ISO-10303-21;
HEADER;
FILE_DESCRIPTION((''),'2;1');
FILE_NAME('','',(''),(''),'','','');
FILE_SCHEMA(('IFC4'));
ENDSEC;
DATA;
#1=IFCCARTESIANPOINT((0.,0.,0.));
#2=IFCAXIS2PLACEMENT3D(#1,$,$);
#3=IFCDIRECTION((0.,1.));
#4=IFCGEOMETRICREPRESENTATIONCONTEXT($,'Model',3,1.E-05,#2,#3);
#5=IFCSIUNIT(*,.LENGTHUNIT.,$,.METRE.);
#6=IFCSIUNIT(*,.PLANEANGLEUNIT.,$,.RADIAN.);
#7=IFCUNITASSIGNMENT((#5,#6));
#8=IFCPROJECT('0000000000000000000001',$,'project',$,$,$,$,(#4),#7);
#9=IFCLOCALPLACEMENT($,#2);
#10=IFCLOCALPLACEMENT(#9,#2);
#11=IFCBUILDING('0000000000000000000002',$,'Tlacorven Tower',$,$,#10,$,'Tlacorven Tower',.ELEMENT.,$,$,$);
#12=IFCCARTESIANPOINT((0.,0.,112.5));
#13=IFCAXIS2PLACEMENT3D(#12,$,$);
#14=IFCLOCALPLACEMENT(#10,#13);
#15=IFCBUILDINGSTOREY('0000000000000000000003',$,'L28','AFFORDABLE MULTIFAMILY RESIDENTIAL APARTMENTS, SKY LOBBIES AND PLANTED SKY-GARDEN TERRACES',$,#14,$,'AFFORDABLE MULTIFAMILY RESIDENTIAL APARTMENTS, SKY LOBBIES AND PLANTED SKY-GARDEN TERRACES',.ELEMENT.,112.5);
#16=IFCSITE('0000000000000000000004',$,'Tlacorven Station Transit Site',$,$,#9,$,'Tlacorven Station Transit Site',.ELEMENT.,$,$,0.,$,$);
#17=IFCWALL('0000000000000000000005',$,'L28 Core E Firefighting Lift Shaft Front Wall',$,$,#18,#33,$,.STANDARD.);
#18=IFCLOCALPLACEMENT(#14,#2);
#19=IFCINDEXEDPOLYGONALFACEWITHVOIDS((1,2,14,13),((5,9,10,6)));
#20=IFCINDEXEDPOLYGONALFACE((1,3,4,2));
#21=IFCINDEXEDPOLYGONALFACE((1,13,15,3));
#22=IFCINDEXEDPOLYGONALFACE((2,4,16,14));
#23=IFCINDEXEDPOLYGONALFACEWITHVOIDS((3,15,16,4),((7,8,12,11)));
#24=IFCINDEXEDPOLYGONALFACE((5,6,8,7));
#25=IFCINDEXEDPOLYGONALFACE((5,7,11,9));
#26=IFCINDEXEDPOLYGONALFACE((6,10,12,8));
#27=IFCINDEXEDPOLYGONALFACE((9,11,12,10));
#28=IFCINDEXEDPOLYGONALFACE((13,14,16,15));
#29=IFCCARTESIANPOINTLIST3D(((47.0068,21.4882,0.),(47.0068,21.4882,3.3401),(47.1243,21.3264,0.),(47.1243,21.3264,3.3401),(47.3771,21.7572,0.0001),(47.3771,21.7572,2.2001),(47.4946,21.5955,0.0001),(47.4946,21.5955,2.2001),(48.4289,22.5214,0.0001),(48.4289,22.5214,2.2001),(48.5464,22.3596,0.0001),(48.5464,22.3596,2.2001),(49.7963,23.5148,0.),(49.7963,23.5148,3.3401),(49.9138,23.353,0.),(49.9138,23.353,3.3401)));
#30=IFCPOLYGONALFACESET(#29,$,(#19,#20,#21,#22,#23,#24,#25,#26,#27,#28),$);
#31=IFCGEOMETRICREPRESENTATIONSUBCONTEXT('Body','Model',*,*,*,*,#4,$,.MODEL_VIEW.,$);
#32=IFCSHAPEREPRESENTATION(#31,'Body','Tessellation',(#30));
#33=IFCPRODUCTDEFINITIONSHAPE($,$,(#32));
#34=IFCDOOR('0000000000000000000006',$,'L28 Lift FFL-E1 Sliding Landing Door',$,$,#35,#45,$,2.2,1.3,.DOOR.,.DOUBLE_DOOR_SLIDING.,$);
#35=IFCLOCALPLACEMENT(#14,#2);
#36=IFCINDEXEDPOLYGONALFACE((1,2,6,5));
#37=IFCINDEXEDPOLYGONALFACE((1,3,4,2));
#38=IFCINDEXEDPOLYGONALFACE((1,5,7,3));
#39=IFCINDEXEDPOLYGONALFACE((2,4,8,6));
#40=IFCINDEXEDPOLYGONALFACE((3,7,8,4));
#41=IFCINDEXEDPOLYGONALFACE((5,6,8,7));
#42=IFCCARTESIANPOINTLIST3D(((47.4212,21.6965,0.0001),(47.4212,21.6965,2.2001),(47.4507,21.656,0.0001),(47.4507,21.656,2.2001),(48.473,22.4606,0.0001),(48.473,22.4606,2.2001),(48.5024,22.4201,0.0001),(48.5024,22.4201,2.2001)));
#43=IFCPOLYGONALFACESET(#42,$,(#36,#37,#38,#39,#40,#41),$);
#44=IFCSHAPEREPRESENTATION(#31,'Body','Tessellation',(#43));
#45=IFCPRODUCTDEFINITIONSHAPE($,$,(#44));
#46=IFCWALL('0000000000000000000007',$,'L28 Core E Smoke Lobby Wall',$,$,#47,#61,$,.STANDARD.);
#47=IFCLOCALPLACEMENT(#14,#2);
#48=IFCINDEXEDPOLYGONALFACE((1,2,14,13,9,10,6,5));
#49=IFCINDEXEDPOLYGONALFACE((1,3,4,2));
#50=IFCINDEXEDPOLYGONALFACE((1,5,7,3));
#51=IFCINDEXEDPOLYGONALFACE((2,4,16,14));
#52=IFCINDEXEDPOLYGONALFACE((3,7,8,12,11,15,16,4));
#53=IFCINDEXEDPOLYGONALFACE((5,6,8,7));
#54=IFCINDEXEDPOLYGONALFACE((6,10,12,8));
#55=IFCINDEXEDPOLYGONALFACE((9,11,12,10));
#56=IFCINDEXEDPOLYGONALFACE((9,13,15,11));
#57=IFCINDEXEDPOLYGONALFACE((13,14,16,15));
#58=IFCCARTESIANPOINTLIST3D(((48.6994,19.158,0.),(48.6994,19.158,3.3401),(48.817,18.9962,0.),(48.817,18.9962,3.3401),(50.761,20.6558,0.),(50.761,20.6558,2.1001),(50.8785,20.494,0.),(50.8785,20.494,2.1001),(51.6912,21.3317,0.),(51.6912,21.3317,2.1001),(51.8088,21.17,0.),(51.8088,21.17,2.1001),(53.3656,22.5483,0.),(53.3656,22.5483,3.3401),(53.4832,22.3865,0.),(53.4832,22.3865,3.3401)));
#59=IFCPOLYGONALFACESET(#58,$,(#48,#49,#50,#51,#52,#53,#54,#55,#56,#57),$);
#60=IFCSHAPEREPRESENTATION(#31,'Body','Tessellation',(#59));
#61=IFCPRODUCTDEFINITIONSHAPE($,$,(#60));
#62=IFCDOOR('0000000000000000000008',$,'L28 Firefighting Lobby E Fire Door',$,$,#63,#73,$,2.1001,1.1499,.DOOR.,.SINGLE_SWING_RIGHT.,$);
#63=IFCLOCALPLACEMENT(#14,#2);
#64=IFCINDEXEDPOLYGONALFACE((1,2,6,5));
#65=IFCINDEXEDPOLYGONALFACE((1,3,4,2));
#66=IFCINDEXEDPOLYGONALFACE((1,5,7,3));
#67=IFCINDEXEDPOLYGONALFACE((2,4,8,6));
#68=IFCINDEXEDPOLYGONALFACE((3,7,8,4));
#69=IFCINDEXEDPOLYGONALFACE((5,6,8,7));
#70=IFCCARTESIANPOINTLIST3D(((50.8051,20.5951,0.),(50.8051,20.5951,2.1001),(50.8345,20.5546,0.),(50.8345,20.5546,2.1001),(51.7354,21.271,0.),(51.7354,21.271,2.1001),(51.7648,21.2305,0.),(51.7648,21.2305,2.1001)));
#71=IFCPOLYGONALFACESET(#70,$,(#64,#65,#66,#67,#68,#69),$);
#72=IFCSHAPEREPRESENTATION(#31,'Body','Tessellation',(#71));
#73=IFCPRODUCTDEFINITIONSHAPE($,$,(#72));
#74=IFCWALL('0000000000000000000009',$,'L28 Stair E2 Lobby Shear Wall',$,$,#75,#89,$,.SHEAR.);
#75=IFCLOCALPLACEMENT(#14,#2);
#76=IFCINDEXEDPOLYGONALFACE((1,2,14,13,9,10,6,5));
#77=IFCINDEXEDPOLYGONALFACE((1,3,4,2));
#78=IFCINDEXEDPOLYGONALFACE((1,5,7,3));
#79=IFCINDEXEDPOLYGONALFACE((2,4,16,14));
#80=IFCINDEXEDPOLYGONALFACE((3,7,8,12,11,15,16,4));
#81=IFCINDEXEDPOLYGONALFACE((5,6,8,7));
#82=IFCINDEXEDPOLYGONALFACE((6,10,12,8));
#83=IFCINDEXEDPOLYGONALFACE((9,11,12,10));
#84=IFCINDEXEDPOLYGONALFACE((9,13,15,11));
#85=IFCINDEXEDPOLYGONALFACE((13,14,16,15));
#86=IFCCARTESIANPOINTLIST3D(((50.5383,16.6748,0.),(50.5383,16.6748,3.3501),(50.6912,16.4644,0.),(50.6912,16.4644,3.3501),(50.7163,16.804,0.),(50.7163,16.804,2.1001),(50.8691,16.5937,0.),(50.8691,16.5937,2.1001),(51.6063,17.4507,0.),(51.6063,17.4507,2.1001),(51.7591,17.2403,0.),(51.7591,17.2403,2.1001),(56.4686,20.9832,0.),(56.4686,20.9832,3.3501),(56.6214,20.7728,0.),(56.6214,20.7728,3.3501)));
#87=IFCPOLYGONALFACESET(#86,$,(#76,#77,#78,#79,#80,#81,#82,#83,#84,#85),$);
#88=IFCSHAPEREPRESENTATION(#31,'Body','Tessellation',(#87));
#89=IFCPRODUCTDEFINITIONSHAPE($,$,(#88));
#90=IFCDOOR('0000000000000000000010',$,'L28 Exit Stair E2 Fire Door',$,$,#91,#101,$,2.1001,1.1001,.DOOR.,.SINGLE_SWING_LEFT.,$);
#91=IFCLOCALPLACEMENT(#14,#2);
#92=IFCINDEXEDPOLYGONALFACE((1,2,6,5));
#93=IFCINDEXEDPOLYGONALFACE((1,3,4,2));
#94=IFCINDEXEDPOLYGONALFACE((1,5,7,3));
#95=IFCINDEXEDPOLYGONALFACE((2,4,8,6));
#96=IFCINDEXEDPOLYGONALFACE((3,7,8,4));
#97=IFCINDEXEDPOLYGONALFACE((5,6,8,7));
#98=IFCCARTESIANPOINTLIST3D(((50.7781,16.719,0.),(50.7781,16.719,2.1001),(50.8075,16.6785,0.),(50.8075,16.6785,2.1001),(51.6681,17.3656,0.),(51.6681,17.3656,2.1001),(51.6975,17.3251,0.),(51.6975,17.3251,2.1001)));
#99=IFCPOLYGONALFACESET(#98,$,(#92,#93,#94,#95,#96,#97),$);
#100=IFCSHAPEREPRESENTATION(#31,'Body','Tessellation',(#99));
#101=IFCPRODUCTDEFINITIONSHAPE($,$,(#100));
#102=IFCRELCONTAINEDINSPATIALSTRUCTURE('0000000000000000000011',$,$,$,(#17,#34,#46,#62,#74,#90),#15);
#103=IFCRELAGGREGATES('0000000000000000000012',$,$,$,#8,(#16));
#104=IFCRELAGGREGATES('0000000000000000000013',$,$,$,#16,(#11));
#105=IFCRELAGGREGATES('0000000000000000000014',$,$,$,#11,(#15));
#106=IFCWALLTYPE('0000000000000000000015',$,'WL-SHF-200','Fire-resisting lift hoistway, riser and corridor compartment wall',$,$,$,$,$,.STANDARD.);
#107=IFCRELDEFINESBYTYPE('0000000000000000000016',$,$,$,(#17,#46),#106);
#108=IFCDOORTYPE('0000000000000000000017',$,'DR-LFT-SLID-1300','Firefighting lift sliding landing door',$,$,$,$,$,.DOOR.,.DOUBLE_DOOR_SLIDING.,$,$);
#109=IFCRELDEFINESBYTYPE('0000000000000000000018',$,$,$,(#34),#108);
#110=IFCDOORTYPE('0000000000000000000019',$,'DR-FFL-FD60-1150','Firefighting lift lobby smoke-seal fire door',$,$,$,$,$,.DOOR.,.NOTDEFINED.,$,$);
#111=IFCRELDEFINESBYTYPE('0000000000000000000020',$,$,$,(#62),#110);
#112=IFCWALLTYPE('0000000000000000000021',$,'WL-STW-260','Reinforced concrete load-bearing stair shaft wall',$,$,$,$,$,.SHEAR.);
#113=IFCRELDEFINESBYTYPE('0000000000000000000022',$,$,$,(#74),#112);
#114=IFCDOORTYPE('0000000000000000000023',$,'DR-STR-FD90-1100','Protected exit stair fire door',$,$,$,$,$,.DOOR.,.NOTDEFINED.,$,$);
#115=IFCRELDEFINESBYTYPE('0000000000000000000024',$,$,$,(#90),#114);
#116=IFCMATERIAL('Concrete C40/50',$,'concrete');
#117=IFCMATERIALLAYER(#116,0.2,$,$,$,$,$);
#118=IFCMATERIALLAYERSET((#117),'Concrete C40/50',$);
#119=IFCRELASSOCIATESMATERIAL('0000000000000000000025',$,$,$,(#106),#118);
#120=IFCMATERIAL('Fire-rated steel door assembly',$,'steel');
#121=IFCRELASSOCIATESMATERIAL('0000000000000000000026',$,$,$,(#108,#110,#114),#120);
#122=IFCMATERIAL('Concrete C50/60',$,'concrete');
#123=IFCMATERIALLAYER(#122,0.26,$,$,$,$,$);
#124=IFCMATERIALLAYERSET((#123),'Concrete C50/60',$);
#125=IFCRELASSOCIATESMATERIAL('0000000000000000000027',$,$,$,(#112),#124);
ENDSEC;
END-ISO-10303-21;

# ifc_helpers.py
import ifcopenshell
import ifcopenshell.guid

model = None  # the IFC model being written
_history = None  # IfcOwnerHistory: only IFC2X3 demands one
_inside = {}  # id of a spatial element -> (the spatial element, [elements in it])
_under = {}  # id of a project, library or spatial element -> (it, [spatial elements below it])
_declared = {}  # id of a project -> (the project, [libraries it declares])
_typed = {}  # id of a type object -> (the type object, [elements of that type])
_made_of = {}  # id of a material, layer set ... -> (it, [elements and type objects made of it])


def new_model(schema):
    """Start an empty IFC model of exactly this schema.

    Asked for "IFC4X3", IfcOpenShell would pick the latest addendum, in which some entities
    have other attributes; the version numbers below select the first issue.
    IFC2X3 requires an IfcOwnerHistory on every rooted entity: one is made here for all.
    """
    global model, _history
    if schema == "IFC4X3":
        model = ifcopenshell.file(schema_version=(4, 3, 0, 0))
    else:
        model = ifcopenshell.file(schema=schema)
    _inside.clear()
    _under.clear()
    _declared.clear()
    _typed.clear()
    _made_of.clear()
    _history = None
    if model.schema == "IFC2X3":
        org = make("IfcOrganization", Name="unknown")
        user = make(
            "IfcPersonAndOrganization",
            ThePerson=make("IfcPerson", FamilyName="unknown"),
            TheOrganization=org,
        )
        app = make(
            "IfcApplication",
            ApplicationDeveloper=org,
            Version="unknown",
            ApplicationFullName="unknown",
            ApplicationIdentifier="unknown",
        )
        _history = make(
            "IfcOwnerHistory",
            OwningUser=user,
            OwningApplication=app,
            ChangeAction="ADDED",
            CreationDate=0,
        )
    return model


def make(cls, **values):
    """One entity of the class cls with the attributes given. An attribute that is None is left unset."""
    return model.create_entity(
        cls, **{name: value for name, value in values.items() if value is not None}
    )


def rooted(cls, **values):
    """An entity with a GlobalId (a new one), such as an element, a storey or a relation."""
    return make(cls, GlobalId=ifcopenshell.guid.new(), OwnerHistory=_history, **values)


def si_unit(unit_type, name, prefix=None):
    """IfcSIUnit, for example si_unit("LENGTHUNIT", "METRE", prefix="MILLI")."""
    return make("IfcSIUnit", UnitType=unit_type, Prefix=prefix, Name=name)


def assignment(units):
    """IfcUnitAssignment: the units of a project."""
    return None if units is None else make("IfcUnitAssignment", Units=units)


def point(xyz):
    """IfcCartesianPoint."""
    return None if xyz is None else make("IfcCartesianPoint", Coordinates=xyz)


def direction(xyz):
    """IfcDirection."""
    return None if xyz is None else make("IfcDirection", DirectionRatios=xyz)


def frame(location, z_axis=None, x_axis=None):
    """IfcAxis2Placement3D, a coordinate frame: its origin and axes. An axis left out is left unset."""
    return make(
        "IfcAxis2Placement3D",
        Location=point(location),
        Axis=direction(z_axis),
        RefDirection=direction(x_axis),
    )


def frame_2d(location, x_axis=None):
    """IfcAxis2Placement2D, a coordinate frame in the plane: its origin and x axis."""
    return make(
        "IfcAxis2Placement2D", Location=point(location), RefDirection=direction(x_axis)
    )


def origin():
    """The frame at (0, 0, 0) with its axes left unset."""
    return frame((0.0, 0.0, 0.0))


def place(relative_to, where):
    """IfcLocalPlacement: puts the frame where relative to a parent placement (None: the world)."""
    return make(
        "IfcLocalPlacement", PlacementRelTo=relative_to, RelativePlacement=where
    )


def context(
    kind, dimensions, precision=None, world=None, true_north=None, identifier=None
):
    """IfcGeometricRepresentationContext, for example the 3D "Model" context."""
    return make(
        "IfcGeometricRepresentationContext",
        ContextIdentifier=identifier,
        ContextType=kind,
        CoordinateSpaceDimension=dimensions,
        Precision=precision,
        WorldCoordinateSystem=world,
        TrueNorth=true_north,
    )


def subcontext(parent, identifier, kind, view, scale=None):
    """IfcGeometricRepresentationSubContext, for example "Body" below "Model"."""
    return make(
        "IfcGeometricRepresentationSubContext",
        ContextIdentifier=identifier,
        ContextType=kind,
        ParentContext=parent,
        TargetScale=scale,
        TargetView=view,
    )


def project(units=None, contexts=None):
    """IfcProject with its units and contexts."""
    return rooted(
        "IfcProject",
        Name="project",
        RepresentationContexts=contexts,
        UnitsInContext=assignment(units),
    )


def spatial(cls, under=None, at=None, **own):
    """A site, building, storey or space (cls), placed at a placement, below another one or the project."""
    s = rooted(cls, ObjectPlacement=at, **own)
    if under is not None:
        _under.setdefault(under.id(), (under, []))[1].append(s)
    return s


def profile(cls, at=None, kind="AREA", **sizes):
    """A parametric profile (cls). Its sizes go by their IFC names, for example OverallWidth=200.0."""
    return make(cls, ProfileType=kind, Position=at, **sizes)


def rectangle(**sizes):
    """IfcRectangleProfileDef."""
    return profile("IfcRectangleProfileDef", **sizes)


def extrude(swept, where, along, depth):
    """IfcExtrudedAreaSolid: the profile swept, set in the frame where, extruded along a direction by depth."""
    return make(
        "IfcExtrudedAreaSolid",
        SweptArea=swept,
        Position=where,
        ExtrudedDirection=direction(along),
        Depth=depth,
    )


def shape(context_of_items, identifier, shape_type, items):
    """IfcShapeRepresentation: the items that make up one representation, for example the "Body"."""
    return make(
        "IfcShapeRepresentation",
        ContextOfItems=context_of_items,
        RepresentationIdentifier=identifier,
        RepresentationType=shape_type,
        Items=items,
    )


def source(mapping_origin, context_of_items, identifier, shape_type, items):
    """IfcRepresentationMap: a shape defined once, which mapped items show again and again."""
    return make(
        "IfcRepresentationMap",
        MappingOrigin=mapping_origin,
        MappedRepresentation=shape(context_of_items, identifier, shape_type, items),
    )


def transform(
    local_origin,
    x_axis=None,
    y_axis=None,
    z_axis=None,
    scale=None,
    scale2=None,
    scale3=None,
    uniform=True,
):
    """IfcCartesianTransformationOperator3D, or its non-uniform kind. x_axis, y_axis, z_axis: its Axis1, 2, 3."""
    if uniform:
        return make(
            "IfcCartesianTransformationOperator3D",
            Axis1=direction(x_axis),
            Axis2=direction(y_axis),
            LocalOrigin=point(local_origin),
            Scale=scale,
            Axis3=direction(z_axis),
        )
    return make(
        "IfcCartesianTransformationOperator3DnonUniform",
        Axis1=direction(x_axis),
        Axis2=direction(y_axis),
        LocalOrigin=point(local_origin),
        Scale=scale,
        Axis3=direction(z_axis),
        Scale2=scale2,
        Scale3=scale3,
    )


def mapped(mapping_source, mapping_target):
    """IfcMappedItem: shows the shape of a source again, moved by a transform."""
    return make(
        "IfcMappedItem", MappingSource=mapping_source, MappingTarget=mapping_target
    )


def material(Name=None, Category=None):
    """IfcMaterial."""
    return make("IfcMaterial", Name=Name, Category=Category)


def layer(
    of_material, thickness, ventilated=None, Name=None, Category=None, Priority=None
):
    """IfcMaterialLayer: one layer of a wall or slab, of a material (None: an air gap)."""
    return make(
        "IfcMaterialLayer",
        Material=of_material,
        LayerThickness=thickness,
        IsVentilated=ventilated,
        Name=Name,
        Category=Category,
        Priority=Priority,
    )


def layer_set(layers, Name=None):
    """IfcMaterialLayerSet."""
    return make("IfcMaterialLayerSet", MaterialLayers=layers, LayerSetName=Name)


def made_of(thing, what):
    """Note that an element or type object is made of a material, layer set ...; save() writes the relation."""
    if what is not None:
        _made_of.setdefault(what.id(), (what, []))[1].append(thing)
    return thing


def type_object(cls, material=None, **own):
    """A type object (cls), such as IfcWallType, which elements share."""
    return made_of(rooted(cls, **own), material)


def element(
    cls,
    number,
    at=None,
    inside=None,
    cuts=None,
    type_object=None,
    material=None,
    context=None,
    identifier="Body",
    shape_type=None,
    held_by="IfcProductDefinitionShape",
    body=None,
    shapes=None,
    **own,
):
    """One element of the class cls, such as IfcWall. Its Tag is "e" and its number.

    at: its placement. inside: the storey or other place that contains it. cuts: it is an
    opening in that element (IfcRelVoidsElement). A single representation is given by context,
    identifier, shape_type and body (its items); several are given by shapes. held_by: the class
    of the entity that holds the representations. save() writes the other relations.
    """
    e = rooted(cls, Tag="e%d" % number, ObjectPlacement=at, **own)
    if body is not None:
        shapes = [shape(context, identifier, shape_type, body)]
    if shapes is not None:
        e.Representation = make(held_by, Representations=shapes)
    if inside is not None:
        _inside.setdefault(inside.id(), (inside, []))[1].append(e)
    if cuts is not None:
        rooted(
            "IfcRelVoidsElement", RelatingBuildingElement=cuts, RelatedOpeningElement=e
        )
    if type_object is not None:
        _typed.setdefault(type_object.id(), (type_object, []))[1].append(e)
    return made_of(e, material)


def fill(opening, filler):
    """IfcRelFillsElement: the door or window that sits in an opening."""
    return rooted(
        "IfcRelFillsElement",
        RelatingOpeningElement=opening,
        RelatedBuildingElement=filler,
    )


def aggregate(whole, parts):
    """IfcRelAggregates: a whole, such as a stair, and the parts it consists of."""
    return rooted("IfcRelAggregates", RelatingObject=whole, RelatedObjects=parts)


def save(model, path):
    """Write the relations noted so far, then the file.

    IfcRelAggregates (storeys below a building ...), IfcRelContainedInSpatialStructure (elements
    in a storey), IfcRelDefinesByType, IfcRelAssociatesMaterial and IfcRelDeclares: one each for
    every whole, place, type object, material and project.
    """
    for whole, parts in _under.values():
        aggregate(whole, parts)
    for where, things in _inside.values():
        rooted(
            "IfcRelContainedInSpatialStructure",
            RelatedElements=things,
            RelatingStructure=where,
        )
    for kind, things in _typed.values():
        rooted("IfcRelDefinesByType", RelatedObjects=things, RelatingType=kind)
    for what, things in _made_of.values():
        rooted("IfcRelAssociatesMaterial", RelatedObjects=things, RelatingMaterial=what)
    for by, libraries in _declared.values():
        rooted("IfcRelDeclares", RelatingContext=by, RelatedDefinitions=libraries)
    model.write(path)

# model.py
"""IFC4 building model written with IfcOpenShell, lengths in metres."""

from ifc_helpers import new_model, si_unit, direction, frame, frame_2d, origin, place, context, subcontext, project, spatial, rectangle, extrude, source, transform, mapped, material, layer, layer_set, type_object, element, fill, save


model = new_model("IFC4")

# Units and contexts
model_context = context("Model", 3, precision=1e-05, world=origin(), true_north=direction((0.0, 1.0)))
body_context = subcontext(model_context, "Body", "Model", "MODEL_VIEW")
ifc_project = project(units=[si_unit("LENGTHUNIT", "METRE"), si_unit("PLANEANGLEUNIT", "RADIAN")], contexts=[model_context])

# Site, building, storey
site_placement = place(None, origin())
site = spatial("IfcSite", under=ifc_project, at=site_placement, Name="Tlacorven Station Transit Site", LongName="Tlacorven Station Transit Site", CompositionType="ELEMENT", RefElevation=0.0)
building_placement = place(site_placement, origin())
building = spatial("IfcBuilding", under=site, at=building_placement, Name="Tlacorven Tower", LongName="Tlacorven Tower", CompositionType="ELEMENT")
storey_placement = place(building_placement, frame((0.0, 0.0, 112.5)))
storey = spatial("IfcBuildingStorey", under=building, at=storey_placement, Name="L28", Description="AFFORDABLE MULTIFAMILY RESIDENTIAL APARTMENTS, SKY LOBBIES AND PLANTED SKY-GARDEN TERRACES", LongName="AFFORDABLE MULTIFAMILY RESIDENTIAL APARTMENTS, SKY LOBBIES AND PLANTED SKY-GARDEN TERRACES", CompositionType="ELEMENT", Elevation=112.5)

# Walls, openings, doors
ifc_material_1 = material(Name="Concrete C40/50", Category="concrete")
ifc_layer_1 = layer(ifc_material_1, 0.2)
ifc_layer_set_1 = layer_set([ifc_layer_1], Name="Concrete C40/50")
wall_type_1 = type_object("IfcWallType", Name="WL-SHF-200", Description="Fire-resisting lift hoistway, riser and corridor compartment wall", PredefinedType="STANDARD", material=ifc_layer_set_1)
wall_1_placement = place(storey_placement, frame((47.0654, 21.4072, 0.0), z_axis=(0.0, 0.0, 1.0), x_axis=(0.809033, 0.587763, 0.0)))
wall_1 = element("IfcWall", 1, at=wall_1_placement, inside=storey, type_object=wall_type_1, Name="L28 Core E Firefighting Lift Shaft Front Wall", PredefinedType="STANDARD", context=body_context, shape_type="SweptSolid", body=[
    extrude(rectangle(XDim=3.448, YDim=0.2, at=frame_2d((1.7241, 0.0))), origin(), (0.0, 0.0, 1.0), 3.3401),
])
opening_1_placement = place(wall_1_placement, frame((0.458, 0.0, 0.0)))
opening_1 = element("IfcOpeningElement", 2, at=opening_1_placement, cuts=wall_1, PredefinedType="OPENING", context=body_context, shape_type="SweptSolid", body=[
    extrude(rectangle(XDim=1.3, YDim=2.2, at=frame_2d((0.6499, 1.1001))), frame((0.0, 0.1099, 0.0), z_axis=(0.0, -1.0, 0.0), x_axis=(1.0, 0.0, 0.0)), (0.0, 0.0, 1.0), 0.22),
])
ifc_material_2 = material(Name="Fire-rated steel door assembly", Category="steel")
door_type_1 = type_object("IfcDoorType", Name="DR-LFT-SLID-1300", Description="Firefighting lift sliding landing door", OperationType="DOUBLE_DOOR_SLIDING", PredefinedType="DOOR", material=ifc_material_2)
shared_shape_1 = source(origin(), body_context, "Body", "SweptSolid", [
    extrude(rectangle(XDim=1.3, YDim=2.2, at=frame_2d((0.6499, 1.1001))), frame((0.0, 0.0249, 0.0), z_axis=(0.0, -1.0, 0.0), x_axis=(1.0, 0.0, 0.0)), (0.0, 0.0, 1.0), 0.05),
])
door_1_placement = place(opening_1_placement, origin())
door_1 = element("IfcDoor", 3, at=door_1_placement, inside=storey, type_object=door_type_1, Name="L28 Lift FFL-E1 Sliding Landing Door", OperationType="DOUBLE_DOOR_SLIDING", OverallHeight=2.2, OverallWidth=1.3, PredefinedType="DOOR", context=body_context, shape_type="MappedRepresentation", body=[
    mapped(shared_shape_1, transform((0.0, 0.0, 0.0), scale=1.0)),
])
fill(opening_1, door_1)
wall_2_placement = place(storey_placement, frame((48.7583, 19.0771, 0.0), z_axis=(0.0, 0.0, 1.0), x_axis=(0.809005, 0.587802, 0.0)))
wall_2 = element("IfcWall", 4, at=wall_2_placement, inside=storey, type_object=wall_type_1, Name="L28 Core E Smoke Lobby Wall", PredefinedType="STANDARD", context=body_context, shape_type="SweptSolid", body=[
    extrude(rectangle(XDim=5.7678, YDim=0.2, at=frame_2d((2.8838, 0.0))), origin(), (0.0, 0.0, 1.0), 3.3401),
])
opening_2_placement = place(wall_2_placement, frame((2.5481, 0.0, 0.0)))
opening_2 = element("IfcOpeningElement", 5, at=opening_2_placement, cuts=wall_2, PredefinedType="OPENING", context=body_context, shape_type="SweptSolid", body=[
    extrude(rectangle(XDim=1.1499, YDim=2.1001, at=frame_2d((0.575, 1.05))), frame((0.0, 0.1099, 0.0), z_axis=(0.0, -1.0, 0.0), x_axis=(1.0, 0.0, 0.0)), (0.0, 0.0, 1.0), 0.22),
])
door_type_2 = type_object("IfcDoorType", Name="DR-FFL-FD60-1150", Description="Firefighting lift lobby smoke-seal fire door", OperationType="NOTDEFINED", PredefinedType="DOOR", material=ifc_material_2)
shared_shape_2 = source(origin(), body_context, "Body", "SweptSolid", [
    extrude(rectangle(XDim=1.1499, YDim=2.1001, at=frame_2d((0.575, 1.05))), frame((0.0, 0.0249, 0.0), z_axis=(0.0, -1.0, 0.0), x_axis=(1.0, 0.0, 0.0)), (0.0, 0.0, 1.0), 0.05),
])
door_2_placement = place(opening_2_placement, origin())
door_2 = element("IfcDoor", 6, at=door_2_placement, inside=storey, type_object=door_type_2, Name="L28 Firefighting Lobby E Fire Door", OperationType="SINGLE_SWING_RIGHT", OverallHeight=2.1001, OverallWidth=1.1499, PredefinedType="DOOR", context=body_context, shape_type="MappedRepresentation", body=[
    mapped(shared_shape_2, transform((0.0, 0.0, 0.0), scale=1.0)),
])
fill(opening_2, door_2)
ifc_material_3 = material(Name="Concrete C50/60", Category="concrete")
ifc_layer_2 = layer(ifc_material_3, 0.26)
ifc_layer_set_2 = layer_set([ifc_layer_2], Name="Concrete C50/60")
wall_type_2 = type_object("IfcWallType", Name="WL-STW-260", Description="Reinforced concrete load-bearing stair shaft wall", PredefinedType="SHEAR", material=ifc_layer_set_2)
wall_3_placement = place(storey_placement, frame((50.6147, 16.5696, 0.0), z_axis=(0.0, 0.0, 1.0), x_axis=(0.809028, 0.58777, 0.0)))
wall_3 = element("IfcWall", 7, at=wall_3_placement, inside=storey, type_object=wall_type_2, Name="L28 Stair E2 Lobby Shear Wall", PredefinedType="SHEAR", context=body_context, shape_type="SweptSolid", body=[
    extrude(rectangle(XDim=7.3301, YDim=0.26, at=frame_2d((3.665, 0.0))), origin(), (0.0, 0.0, 1.0), 3.3501),
])
opening_3_placement = place(wall_3_placement, frame((0.22, 0.0, 0.0)))
opening_3 = element("IfcOpeningElement", 8, at=opening_3_placement, cuts=wall_3, PredefinedType="OPENING", context=body_context, shape_type="SweptSolid", body=[
    extrude(rectangle(XDim=1.1001, YDim=2.1001, at=frame_2d((0.55, 1.05))), frame((0.0, 0.1401, 0.0), z_axis=(0.0, -1.0, 0.0), x_axis=(1.0, 0.0, 0.0)), (0.0, 0.0, 1.0), 0.28),
])
door_type_3 = type_object("IfcDoorType", Name="DR-STR-FD90-1100", Description="Protected exit stair fire door", OperationType="NOTDEFINED", PredefinedType="DOOR", material=ifc_material_2)
shared_shape_3 = source(origin(), body_context, "Body", "SweptSolid", [
    extrude(rectangle(XDim=1.1001, YDim=2.1001, at=frame_2d((0.55, 1.05))), frame((0.0, 0.0249, 0.0), z_axis=(0.0, -1.0, 0.0), x_axis=(1.0, 0.0, 0.0)), (0.0, 0.0, 1.0), 0.05),
])
door_3_placement = place(opening_3_placement, origin())
door_3 = element("IfcDoor", 9, at=door_3_placement, inside=storey, type_object=door_type_3, Name="L28 Exit Stair E2 Fire Door", OperationType="SINGLE_SWING_LEFT", OverallHeight=2.1001, OverallWidth=1.1001, PredefinedType="DOOR", context=body_context, shape_type="MappedRepresentation", body=[
    mapped(shared_shape_3, transform((0.0, 0.0, 0.0), scale=1.0)),
])
fill(opening_3, door_3)

save(model, "model.ifc")
